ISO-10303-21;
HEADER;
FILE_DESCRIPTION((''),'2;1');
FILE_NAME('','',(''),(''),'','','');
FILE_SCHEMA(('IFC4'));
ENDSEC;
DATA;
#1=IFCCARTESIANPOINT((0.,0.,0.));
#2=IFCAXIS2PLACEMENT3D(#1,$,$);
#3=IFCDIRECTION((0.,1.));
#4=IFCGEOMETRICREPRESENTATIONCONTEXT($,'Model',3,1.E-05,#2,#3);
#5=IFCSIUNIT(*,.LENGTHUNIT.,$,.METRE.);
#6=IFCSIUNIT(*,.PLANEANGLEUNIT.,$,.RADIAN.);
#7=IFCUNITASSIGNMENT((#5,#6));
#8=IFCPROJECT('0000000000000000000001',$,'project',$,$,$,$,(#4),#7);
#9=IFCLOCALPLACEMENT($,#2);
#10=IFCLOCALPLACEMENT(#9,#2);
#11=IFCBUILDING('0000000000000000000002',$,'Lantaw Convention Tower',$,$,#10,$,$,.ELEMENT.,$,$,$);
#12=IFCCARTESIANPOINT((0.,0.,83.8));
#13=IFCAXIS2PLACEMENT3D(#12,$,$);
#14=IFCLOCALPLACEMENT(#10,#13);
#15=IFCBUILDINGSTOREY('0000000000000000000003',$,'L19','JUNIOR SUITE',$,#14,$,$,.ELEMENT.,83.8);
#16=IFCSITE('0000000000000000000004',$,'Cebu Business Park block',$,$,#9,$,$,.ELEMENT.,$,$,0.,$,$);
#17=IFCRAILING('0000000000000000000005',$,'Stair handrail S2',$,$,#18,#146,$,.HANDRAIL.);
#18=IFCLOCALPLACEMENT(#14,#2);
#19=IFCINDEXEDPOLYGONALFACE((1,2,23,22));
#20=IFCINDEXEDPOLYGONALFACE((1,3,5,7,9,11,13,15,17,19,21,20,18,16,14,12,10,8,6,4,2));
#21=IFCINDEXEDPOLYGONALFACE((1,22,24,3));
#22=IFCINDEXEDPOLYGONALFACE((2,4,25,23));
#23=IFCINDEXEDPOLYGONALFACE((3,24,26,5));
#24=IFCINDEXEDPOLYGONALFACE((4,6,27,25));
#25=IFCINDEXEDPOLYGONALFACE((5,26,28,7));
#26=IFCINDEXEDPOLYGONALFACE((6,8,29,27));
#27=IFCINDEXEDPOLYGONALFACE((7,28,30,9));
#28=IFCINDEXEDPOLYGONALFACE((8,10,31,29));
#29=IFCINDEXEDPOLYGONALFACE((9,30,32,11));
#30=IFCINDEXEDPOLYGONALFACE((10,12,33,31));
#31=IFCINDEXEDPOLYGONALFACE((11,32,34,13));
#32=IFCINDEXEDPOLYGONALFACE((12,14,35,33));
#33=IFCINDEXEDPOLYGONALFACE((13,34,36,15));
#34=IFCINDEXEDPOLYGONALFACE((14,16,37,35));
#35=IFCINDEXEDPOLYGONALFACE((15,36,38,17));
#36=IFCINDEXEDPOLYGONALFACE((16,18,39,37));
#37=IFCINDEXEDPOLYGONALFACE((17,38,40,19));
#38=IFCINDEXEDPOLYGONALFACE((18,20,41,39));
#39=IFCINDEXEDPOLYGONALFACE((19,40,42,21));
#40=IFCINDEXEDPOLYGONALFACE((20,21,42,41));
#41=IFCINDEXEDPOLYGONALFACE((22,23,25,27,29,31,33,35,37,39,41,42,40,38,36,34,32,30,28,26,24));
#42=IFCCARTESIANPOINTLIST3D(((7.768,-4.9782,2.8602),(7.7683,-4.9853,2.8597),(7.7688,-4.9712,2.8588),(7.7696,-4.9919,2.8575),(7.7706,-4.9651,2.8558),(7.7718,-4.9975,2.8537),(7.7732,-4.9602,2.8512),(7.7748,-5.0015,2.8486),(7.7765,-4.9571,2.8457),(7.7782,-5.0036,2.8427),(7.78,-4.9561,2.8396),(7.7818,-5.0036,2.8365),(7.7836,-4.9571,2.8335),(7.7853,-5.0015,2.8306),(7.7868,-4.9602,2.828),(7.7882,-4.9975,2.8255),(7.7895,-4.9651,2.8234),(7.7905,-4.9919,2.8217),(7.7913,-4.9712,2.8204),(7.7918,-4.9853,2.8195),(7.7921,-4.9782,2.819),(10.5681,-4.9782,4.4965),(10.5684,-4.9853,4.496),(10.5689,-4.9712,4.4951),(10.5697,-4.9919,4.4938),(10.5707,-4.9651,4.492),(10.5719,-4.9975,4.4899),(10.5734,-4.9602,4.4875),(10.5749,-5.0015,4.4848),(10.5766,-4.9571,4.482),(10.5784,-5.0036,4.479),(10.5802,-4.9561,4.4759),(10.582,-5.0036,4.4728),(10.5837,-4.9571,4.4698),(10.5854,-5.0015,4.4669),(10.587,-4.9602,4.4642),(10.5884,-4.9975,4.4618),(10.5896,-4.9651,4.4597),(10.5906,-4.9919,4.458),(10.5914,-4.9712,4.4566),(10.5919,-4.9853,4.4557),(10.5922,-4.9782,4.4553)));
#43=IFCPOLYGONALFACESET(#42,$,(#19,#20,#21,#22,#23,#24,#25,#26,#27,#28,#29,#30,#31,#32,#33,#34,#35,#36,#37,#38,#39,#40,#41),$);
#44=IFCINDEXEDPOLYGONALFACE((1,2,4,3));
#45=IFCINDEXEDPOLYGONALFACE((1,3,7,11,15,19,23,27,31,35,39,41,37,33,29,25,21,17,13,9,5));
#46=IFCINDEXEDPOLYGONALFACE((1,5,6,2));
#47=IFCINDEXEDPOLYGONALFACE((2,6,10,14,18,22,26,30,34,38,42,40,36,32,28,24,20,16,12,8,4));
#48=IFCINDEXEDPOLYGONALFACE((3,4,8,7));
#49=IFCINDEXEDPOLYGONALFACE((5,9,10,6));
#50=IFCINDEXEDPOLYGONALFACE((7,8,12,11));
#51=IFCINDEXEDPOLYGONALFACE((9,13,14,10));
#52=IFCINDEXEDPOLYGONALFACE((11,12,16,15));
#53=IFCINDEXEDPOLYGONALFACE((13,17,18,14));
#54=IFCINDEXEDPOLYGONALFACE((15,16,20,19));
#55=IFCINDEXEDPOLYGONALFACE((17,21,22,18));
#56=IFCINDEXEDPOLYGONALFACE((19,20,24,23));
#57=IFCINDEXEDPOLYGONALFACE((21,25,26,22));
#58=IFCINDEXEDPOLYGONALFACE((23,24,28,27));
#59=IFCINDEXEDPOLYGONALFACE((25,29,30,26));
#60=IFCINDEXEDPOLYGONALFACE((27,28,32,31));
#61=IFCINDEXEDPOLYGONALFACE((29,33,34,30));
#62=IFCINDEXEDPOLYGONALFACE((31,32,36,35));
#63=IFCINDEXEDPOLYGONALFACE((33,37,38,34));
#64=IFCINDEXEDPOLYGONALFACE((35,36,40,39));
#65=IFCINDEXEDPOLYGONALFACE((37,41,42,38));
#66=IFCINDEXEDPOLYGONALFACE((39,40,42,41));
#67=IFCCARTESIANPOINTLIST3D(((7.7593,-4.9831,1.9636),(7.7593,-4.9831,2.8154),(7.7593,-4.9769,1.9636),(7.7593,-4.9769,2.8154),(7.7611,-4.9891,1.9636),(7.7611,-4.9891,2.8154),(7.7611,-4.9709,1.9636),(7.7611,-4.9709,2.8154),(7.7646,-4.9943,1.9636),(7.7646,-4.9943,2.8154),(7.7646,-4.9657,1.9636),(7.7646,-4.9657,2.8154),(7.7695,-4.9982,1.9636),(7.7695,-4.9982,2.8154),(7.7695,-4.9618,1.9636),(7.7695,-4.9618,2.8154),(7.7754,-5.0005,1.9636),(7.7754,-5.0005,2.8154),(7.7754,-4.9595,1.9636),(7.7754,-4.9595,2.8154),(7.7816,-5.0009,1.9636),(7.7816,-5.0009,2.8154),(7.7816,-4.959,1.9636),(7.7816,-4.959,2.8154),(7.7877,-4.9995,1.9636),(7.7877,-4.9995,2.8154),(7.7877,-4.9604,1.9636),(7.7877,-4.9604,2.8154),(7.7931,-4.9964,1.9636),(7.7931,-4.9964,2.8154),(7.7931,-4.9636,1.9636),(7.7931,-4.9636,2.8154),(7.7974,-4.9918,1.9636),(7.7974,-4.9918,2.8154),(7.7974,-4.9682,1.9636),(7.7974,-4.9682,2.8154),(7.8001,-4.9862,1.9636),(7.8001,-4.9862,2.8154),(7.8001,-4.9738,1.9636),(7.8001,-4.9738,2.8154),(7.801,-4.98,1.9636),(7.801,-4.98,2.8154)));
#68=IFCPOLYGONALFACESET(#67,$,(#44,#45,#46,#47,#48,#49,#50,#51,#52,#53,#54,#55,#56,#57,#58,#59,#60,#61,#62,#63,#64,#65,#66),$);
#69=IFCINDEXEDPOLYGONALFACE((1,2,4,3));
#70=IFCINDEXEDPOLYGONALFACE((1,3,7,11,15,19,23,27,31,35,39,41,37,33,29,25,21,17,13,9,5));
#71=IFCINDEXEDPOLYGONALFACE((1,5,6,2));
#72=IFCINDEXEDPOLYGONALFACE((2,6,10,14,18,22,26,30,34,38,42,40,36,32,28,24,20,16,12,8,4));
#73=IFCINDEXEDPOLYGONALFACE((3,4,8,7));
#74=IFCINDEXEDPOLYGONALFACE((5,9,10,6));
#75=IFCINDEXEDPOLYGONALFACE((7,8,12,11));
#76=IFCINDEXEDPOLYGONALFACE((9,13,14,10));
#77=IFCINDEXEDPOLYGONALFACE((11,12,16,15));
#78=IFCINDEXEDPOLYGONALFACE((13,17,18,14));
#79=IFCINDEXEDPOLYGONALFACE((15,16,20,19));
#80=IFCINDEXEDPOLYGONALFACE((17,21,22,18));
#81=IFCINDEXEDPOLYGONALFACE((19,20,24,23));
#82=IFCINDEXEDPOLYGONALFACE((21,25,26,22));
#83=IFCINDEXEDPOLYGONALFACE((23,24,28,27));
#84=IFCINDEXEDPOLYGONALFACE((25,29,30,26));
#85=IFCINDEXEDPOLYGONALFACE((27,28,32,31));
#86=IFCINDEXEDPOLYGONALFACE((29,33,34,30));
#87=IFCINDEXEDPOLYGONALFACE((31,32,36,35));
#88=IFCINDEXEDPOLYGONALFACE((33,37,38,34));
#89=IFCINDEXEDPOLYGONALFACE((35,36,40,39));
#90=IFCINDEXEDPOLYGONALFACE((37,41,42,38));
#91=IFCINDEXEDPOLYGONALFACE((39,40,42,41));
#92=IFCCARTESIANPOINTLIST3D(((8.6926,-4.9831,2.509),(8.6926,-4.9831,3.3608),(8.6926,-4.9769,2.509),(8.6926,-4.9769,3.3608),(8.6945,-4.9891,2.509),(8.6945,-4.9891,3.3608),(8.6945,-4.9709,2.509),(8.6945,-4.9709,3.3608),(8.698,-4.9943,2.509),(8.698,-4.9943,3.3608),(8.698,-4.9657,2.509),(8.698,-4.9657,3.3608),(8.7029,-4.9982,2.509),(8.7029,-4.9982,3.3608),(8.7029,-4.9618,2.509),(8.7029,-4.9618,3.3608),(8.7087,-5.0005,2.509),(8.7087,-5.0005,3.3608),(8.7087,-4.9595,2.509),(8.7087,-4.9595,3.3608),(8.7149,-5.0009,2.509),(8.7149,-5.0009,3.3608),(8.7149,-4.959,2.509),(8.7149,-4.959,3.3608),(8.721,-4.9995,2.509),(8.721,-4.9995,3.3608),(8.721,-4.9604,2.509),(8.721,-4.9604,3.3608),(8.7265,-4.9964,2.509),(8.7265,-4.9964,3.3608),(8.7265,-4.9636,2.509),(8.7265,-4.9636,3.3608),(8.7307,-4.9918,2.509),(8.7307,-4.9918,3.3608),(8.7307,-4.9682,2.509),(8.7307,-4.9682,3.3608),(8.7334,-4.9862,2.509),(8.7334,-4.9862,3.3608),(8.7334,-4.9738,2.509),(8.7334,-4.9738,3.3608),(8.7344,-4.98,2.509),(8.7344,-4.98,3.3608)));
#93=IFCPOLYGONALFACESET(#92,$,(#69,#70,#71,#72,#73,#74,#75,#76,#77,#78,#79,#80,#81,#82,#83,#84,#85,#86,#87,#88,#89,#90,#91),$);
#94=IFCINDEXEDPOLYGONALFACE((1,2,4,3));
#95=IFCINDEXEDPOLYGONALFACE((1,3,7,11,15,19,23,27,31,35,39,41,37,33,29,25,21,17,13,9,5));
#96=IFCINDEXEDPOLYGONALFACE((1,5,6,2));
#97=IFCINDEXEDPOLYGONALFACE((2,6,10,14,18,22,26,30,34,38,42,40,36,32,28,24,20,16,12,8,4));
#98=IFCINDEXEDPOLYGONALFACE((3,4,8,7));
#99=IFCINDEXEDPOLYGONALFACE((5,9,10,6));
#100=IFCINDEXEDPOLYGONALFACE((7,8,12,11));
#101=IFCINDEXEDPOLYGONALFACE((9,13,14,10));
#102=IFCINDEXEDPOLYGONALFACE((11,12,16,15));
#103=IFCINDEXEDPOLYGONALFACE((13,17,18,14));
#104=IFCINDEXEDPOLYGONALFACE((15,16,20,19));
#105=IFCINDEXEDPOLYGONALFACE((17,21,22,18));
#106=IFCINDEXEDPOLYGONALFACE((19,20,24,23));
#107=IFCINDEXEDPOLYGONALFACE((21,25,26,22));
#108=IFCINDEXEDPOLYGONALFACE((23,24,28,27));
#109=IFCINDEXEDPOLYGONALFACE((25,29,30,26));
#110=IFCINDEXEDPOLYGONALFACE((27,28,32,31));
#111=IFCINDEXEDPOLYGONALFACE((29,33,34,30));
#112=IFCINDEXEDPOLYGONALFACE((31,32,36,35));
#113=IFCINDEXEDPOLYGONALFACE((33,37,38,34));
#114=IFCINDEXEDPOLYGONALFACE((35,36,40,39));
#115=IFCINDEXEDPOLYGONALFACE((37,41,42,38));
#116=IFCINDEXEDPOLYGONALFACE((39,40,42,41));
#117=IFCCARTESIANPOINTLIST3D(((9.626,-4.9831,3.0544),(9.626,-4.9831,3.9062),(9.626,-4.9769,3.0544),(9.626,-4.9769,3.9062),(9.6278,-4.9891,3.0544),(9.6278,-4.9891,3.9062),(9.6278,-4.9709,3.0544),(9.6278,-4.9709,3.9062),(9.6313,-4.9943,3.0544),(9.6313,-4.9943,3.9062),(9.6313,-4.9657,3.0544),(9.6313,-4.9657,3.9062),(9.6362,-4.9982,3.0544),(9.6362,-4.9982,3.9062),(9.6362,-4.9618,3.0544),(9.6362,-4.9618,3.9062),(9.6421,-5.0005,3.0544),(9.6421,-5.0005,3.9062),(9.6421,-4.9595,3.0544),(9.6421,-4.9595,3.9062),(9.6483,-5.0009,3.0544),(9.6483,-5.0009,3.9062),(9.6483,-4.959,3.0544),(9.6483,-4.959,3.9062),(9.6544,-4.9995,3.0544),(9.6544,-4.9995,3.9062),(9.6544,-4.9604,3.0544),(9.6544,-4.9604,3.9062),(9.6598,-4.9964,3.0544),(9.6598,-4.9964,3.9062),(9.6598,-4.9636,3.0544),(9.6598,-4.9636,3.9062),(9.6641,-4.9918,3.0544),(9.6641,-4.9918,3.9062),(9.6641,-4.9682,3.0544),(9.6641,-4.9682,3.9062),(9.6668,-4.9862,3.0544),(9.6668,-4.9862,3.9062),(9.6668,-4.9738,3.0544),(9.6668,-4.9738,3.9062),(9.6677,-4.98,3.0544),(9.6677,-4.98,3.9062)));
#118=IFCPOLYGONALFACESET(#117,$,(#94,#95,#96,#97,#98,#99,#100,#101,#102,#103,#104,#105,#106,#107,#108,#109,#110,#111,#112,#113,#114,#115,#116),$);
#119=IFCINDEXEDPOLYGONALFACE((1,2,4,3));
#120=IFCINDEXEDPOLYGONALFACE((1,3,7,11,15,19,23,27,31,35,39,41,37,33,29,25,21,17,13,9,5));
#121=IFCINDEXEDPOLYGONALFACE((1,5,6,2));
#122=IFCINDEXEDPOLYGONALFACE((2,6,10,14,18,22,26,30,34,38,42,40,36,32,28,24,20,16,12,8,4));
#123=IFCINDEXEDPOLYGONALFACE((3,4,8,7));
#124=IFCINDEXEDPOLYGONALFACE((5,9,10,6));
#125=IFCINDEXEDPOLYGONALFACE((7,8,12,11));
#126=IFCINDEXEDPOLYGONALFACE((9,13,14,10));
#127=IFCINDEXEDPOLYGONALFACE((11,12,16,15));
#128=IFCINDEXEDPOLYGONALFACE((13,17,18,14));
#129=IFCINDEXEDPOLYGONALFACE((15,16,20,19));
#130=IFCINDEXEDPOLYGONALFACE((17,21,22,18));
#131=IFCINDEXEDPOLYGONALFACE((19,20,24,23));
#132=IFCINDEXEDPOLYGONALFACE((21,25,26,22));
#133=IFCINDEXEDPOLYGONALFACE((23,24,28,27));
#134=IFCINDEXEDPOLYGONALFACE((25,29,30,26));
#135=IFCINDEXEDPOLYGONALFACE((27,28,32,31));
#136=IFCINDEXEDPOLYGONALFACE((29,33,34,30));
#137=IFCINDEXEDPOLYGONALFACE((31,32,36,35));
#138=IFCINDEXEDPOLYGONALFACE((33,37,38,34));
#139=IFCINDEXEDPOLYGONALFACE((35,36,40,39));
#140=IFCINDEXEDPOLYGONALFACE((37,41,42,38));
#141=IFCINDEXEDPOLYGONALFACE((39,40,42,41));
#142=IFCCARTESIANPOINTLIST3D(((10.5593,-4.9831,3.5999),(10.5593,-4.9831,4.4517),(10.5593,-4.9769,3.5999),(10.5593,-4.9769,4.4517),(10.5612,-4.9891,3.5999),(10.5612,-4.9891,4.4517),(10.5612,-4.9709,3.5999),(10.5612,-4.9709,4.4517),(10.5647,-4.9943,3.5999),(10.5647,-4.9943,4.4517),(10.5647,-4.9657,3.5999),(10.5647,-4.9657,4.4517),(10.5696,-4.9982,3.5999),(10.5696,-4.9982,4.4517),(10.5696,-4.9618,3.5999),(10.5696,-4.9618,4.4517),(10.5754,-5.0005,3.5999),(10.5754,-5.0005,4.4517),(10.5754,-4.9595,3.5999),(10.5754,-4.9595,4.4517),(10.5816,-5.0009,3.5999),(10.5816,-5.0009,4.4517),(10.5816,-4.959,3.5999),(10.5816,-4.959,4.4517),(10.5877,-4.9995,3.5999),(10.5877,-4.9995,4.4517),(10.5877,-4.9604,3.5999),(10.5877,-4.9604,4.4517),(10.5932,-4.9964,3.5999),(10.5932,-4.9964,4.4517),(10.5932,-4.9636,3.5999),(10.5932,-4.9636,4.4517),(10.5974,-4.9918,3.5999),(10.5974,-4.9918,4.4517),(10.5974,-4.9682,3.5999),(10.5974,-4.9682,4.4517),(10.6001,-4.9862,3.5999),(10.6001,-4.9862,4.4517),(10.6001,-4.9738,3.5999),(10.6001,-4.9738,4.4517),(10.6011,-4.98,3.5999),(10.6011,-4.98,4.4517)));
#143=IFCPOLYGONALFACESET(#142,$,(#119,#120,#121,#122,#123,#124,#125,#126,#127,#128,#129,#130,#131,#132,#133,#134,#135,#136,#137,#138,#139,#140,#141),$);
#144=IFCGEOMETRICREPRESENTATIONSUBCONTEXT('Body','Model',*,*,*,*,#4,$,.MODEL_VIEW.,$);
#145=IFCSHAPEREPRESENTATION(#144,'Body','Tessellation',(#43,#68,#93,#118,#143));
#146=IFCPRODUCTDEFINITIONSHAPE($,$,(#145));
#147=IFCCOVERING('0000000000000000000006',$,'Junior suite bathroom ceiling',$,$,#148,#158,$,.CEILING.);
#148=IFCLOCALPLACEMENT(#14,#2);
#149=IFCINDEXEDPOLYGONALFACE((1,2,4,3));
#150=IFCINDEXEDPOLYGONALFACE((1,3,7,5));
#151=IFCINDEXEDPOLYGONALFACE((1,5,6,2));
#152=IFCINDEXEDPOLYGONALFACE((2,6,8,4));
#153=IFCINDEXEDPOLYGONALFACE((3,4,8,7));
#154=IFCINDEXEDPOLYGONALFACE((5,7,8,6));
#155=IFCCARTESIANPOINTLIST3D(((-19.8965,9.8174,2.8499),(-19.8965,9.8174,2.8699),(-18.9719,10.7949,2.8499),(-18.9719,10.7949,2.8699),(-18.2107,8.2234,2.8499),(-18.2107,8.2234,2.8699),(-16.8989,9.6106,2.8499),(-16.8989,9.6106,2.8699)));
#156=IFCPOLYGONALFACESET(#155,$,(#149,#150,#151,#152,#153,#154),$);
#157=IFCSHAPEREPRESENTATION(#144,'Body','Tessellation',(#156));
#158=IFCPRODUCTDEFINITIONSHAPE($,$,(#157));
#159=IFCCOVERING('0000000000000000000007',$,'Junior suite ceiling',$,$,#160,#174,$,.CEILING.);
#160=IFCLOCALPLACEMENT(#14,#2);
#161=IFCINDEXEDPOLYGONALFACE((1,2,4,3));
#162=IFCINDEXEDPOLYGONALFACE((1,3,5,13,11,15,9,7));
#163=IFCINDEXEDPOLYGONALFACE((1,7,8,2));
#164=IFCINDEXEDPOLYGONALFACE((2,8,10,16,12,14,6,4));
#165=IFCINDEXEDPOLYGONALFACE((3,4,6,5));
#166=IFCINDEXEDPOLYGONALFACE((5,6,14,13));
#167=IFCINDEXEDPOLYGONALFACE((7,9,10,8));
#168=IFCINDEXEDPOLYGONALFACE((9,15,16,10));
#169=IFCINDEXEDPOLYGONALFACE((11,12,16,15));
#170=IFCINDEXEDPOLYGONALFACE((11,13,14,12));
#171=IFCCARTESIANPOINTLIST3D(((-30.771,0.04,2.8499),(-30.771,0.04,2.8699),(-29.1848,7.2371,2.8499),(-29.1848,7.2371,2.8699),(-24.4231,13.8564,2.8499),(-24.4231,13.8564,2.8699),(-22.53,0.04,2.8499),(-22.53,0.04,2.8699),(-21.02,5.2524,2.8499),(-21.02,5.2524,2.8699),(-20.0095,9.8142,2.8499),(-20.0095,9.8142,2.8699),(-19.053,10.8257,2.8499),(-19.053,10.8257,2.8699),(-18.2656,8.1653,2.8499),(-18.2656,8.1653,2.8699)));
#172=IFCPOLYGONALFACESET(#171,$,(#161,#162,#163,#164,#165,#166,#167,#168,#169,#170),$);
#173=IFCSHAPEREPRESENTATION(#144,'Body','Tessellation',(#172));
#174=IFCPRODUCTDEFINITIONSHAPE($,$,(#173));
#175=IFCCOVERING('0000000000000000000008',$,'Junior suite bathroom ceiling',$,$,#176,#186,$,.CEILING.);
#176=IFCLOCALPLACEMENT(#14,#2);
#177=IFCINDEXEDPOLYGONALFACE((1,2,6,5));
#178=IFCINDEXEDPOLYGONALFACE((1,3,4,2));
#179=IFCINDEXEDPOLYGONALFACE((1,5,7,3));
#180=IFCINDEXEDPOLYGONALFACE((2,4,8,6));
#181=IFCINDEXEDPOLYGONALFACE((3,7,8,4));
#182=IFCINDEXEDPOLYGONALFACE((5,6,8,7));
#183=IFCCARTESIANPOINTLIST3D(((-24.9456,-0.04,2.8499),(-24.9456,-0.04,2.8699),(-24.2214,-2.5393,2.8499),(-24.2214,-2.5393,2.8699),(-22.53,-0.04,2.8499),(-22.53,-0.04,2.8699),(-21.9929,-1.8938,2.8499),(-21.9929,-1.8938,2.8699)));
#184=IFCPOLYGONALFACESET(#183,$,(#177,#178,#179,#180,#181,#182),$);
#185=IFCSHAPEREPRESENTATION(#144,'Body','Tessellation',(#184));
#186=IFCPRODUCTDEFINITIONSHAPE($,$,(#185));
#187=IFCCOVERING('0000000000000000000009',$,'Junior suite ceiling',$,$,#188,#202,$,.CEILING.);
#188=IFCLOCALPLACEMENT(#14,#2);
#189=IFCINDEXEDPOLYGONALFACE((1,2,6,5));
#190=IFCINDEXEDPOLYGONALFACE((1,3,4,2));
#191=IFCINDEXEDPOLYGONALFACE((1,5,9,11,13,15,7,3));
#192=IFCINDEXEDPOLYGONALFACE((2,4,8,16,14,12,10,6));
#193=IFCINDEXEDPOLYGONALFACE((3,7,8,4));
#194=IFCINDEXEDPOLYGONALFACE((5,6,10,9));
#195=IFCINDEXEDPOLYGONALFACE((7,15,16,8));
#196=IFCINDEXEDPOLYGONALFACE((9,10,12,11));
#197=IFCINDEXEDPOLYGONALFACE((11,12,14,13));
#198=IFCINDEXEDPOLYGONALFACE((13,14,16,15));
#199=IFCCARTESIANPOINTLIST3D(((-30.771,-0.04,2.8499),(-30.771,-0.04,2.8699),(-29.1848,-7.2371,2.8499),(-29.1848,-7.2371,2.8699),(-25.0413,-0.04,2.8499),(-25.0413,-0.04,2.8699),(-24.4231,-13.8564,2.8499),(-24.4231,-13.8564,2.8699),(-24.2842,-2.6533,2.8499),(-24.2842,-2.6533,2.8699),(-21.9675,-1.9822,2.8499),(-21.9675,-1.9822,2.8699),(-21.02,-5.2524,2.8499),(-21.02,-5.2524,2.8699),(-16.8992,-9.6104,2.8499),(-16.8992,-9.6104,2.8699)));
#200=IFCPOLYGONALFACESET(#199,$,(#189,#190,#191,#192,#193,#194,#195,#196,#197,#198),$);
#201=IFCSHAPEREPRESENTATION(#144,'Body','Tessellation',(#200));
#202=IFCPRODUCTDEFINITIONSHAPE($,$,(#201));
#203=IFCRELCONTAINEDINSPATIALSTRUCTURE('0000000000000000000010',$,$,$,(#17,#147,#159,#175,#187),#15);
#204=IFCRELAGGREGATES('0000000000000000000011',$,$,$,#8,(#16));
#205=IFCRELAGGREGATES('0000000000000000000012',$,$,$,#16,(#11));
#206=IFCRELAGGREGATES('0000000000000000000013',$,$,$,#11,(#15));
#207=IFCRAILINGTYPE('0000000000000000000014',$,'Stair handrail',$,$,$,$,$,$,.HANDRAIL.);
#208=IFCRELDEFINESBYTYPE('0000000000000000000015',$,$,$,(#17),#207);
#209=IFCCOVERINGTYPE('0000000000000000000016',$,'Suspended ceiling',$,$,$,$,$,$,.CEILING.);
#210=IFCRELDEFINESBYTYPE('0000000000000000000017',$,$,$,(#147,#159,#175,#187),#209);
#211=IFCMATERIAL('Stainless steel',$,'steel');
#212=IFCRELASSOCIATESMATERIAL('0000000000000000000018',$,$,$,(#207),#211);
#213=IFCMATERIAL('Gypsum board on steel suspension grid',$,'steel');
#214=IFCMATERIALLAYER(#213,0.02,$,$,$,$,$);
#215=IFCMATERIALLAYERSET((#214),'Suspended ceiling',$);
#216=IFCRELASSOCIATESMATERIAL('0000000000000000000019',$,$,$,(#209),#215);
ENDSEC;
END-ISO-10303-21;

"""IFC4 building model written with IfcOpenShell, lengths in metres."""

from ifc_helpers import new_model, si_unit, direction, frame, origin, origin_2d, place, context, subcontext, project, spatial, polyline, circle, outline, extrude, material, layer, layer_set, type_object, element, save


model = new_model("IFC4")

# Units and contexts
model_context = context("Model", 3, precision=1e-05, world=origin(), true_north=direction((0.0, 1.0)))
body_context = subcontext(model_context, "Body", "Model", "MODEL_VIEW")
ifc_project = project(units=[si_unit("LENGTHUNIT", "METRE"), si_unit("PLANEANGLEUNIT", "RADIAN")], contexts=[model_context])

# Site, building, storey
site_placement = place(None, origin())
site = spatial("IfcSite", under=ifc_project, at=site_placement, Name="Cebu Business Park block", CompositionType="ELEMENT", RefElevation=0.0)
building_placement = place(site_placement, origin())
building = spatial("IfcBuilding", under=site, at=building_placement, Name="Lantaw Convention Tower", CompositionType="ELEMENT")
storey_placement = place(building_placement, frame((0.0, 0.0, 83.8)))
storey = spatial("IfcBuildingStorey", under=building, at=storey_placement, Name="L19", Description="JUNIOR SUITE", CompositionType="ELEMENT", Elevation=83.8)

# Railing
ifc_material_1 = material(Name="Stainless steel", Category="steel")
railing_type = type_object("IfcRailingType", Name="Stair handrail", PredefinedType="HANDRAIL", material=ifc_material_1)
railing_1_placement = place(storey_placement, frame((7.78, -4.98, 1.9636)))
element("IfcRailing", 1, at=railing_1_placement, inside=storey, type_object=railing_type, Name="Stair handrail S2", PredefinedType="HANDRAIL", context=body_context, shape_type="SweptSolid", body=[
    extrude(circle(Radius=0.0239, at=origin_2d()), frame((0.0, 0.0, 0.876), z_axis=(0.863394, 0.0, 0.504531), x_axis=(0.0, 1.0, 0.0)), (0.0, 0.0, 1.0), 3.2432),
    extrude(circle(Radius=0.021, at=origin_2d()), origin(), (0.0, 0.0, 1.0), 0.8518),
    extrude(circle(Radius=0.021, at=origin_2d()), frame((0.9333, 0.0, 0.5454)), (0.0, 0.0, 1.0), 0.8518),
    extrude(circle(Radius=0.021, at=origin_2d()), frame((1.8667, 0.0, 1.0908)), (0.0, 0.0, 1.0), 0.8518),
    extrude(circle(Radius=0.021, at=origin_2d()), frame((2.8, 0.0, 1.6362)), (0.0, 0.0, 1.0), 0.8518),
])

# Coverings
ifc_material_2 = material(Name="Gypsum board on steel suspension grid", Category="steel")
ifc_layer_1 = layer(ifc_material_2, 0.02)
ifc_layer_set_1 = layer_set([ifc_layer_1], Name="Suspended ceiling")
covering_type = type_object("IfcCoveringType", Name="Suspended ceiling", PredefinedType="CEILING", material=ifc_layer_set_1)
covering_1_placement = place(storey_placement, frame((0.0, 0.0, 2.8499)))
element("IfcCovering", 2, at=covering_1_placement, inside=storey, type_object=covering_type, Name="Junior suite bathroom ceiling", PredefinedType="CEILING", context=body_context, shape_type="SweptSolid", body=[
    extrude(outline(polyline([(-16.8989, 9.6106), (-18.9719, 10.7949), (-19.8965, 9.8174), (-18.2107, 8.2234), (-16.8989, 9.6106)])), origin(), (0.0, 0.0, 1.0), 0.02),
])
covering_2_placement = place(storey_placement, frame((0.0, 0.0, 2.8499)))
element("IfcCovering", 3, at=covering_2_placement, inside=storey, type_object=covering_type, Name="Junior suite ceiling", PredefinedType="CEILING", context=body_context, shape_type="SweptSolid", body=[
    extrude(outline(polyline([(-21.02, 5.2524), (-18.2656, 8.1653), (-20.0095, 9.8142), (-19.053, 10.8257), (-24.4231, 13.8564), (-29.1848, 7.2371), (-30.771, 0.04), (-22.53, 0.04), (-21.02, 5.2524)])), origin(), (0.0, 0.0, 1.0), 0.02),
])
covering_3_placement = place(storey_placement, frame((0.0, 0.0, 2.8499)))
element("IfcCovering", 4, at=covering_3_placement, inside=storey, type_object=covering_type, Name="Junior suite bathroom ceiling", PredefinedType="CEILING", context=body_context, shape_type="SweptSolid", body=[
    extrude(outline(polyline([(-22.53, -0.04), (-24.9456, -0.04), (-24.2214, -2.5393), (-21.9929, -1.8938), (-22.53, -0.04)])), origin(), (0.0, 0.0, 1.0), 0.02),
])
covering_4_placement = place(storey_placement, frame((0.0, 0.0, 2.8499)))
element("IfcCovering", 5, at=covering_4_placement, inside=storey, type_object=covering_type, Name="Junior suite ceiling", PredefinedType="CEILING", context=body_context, shape_type="SweptSolid", body=[
    extrude(outline(polyline([(-21.02, -5.2524), (-21.9675, -1.9822), (-24.2842, -2.6533), (-25.0413, -0.04), (-30.771, -0.04), (-29.1848, -7.2371), (-24.4231, -13.8564), (-16.8992, -9.6104), (-21.02, -5.2524)])), origin(), (0.0, 0.0, 1.0), 0.02),
])

save(model, "model.ifc")
